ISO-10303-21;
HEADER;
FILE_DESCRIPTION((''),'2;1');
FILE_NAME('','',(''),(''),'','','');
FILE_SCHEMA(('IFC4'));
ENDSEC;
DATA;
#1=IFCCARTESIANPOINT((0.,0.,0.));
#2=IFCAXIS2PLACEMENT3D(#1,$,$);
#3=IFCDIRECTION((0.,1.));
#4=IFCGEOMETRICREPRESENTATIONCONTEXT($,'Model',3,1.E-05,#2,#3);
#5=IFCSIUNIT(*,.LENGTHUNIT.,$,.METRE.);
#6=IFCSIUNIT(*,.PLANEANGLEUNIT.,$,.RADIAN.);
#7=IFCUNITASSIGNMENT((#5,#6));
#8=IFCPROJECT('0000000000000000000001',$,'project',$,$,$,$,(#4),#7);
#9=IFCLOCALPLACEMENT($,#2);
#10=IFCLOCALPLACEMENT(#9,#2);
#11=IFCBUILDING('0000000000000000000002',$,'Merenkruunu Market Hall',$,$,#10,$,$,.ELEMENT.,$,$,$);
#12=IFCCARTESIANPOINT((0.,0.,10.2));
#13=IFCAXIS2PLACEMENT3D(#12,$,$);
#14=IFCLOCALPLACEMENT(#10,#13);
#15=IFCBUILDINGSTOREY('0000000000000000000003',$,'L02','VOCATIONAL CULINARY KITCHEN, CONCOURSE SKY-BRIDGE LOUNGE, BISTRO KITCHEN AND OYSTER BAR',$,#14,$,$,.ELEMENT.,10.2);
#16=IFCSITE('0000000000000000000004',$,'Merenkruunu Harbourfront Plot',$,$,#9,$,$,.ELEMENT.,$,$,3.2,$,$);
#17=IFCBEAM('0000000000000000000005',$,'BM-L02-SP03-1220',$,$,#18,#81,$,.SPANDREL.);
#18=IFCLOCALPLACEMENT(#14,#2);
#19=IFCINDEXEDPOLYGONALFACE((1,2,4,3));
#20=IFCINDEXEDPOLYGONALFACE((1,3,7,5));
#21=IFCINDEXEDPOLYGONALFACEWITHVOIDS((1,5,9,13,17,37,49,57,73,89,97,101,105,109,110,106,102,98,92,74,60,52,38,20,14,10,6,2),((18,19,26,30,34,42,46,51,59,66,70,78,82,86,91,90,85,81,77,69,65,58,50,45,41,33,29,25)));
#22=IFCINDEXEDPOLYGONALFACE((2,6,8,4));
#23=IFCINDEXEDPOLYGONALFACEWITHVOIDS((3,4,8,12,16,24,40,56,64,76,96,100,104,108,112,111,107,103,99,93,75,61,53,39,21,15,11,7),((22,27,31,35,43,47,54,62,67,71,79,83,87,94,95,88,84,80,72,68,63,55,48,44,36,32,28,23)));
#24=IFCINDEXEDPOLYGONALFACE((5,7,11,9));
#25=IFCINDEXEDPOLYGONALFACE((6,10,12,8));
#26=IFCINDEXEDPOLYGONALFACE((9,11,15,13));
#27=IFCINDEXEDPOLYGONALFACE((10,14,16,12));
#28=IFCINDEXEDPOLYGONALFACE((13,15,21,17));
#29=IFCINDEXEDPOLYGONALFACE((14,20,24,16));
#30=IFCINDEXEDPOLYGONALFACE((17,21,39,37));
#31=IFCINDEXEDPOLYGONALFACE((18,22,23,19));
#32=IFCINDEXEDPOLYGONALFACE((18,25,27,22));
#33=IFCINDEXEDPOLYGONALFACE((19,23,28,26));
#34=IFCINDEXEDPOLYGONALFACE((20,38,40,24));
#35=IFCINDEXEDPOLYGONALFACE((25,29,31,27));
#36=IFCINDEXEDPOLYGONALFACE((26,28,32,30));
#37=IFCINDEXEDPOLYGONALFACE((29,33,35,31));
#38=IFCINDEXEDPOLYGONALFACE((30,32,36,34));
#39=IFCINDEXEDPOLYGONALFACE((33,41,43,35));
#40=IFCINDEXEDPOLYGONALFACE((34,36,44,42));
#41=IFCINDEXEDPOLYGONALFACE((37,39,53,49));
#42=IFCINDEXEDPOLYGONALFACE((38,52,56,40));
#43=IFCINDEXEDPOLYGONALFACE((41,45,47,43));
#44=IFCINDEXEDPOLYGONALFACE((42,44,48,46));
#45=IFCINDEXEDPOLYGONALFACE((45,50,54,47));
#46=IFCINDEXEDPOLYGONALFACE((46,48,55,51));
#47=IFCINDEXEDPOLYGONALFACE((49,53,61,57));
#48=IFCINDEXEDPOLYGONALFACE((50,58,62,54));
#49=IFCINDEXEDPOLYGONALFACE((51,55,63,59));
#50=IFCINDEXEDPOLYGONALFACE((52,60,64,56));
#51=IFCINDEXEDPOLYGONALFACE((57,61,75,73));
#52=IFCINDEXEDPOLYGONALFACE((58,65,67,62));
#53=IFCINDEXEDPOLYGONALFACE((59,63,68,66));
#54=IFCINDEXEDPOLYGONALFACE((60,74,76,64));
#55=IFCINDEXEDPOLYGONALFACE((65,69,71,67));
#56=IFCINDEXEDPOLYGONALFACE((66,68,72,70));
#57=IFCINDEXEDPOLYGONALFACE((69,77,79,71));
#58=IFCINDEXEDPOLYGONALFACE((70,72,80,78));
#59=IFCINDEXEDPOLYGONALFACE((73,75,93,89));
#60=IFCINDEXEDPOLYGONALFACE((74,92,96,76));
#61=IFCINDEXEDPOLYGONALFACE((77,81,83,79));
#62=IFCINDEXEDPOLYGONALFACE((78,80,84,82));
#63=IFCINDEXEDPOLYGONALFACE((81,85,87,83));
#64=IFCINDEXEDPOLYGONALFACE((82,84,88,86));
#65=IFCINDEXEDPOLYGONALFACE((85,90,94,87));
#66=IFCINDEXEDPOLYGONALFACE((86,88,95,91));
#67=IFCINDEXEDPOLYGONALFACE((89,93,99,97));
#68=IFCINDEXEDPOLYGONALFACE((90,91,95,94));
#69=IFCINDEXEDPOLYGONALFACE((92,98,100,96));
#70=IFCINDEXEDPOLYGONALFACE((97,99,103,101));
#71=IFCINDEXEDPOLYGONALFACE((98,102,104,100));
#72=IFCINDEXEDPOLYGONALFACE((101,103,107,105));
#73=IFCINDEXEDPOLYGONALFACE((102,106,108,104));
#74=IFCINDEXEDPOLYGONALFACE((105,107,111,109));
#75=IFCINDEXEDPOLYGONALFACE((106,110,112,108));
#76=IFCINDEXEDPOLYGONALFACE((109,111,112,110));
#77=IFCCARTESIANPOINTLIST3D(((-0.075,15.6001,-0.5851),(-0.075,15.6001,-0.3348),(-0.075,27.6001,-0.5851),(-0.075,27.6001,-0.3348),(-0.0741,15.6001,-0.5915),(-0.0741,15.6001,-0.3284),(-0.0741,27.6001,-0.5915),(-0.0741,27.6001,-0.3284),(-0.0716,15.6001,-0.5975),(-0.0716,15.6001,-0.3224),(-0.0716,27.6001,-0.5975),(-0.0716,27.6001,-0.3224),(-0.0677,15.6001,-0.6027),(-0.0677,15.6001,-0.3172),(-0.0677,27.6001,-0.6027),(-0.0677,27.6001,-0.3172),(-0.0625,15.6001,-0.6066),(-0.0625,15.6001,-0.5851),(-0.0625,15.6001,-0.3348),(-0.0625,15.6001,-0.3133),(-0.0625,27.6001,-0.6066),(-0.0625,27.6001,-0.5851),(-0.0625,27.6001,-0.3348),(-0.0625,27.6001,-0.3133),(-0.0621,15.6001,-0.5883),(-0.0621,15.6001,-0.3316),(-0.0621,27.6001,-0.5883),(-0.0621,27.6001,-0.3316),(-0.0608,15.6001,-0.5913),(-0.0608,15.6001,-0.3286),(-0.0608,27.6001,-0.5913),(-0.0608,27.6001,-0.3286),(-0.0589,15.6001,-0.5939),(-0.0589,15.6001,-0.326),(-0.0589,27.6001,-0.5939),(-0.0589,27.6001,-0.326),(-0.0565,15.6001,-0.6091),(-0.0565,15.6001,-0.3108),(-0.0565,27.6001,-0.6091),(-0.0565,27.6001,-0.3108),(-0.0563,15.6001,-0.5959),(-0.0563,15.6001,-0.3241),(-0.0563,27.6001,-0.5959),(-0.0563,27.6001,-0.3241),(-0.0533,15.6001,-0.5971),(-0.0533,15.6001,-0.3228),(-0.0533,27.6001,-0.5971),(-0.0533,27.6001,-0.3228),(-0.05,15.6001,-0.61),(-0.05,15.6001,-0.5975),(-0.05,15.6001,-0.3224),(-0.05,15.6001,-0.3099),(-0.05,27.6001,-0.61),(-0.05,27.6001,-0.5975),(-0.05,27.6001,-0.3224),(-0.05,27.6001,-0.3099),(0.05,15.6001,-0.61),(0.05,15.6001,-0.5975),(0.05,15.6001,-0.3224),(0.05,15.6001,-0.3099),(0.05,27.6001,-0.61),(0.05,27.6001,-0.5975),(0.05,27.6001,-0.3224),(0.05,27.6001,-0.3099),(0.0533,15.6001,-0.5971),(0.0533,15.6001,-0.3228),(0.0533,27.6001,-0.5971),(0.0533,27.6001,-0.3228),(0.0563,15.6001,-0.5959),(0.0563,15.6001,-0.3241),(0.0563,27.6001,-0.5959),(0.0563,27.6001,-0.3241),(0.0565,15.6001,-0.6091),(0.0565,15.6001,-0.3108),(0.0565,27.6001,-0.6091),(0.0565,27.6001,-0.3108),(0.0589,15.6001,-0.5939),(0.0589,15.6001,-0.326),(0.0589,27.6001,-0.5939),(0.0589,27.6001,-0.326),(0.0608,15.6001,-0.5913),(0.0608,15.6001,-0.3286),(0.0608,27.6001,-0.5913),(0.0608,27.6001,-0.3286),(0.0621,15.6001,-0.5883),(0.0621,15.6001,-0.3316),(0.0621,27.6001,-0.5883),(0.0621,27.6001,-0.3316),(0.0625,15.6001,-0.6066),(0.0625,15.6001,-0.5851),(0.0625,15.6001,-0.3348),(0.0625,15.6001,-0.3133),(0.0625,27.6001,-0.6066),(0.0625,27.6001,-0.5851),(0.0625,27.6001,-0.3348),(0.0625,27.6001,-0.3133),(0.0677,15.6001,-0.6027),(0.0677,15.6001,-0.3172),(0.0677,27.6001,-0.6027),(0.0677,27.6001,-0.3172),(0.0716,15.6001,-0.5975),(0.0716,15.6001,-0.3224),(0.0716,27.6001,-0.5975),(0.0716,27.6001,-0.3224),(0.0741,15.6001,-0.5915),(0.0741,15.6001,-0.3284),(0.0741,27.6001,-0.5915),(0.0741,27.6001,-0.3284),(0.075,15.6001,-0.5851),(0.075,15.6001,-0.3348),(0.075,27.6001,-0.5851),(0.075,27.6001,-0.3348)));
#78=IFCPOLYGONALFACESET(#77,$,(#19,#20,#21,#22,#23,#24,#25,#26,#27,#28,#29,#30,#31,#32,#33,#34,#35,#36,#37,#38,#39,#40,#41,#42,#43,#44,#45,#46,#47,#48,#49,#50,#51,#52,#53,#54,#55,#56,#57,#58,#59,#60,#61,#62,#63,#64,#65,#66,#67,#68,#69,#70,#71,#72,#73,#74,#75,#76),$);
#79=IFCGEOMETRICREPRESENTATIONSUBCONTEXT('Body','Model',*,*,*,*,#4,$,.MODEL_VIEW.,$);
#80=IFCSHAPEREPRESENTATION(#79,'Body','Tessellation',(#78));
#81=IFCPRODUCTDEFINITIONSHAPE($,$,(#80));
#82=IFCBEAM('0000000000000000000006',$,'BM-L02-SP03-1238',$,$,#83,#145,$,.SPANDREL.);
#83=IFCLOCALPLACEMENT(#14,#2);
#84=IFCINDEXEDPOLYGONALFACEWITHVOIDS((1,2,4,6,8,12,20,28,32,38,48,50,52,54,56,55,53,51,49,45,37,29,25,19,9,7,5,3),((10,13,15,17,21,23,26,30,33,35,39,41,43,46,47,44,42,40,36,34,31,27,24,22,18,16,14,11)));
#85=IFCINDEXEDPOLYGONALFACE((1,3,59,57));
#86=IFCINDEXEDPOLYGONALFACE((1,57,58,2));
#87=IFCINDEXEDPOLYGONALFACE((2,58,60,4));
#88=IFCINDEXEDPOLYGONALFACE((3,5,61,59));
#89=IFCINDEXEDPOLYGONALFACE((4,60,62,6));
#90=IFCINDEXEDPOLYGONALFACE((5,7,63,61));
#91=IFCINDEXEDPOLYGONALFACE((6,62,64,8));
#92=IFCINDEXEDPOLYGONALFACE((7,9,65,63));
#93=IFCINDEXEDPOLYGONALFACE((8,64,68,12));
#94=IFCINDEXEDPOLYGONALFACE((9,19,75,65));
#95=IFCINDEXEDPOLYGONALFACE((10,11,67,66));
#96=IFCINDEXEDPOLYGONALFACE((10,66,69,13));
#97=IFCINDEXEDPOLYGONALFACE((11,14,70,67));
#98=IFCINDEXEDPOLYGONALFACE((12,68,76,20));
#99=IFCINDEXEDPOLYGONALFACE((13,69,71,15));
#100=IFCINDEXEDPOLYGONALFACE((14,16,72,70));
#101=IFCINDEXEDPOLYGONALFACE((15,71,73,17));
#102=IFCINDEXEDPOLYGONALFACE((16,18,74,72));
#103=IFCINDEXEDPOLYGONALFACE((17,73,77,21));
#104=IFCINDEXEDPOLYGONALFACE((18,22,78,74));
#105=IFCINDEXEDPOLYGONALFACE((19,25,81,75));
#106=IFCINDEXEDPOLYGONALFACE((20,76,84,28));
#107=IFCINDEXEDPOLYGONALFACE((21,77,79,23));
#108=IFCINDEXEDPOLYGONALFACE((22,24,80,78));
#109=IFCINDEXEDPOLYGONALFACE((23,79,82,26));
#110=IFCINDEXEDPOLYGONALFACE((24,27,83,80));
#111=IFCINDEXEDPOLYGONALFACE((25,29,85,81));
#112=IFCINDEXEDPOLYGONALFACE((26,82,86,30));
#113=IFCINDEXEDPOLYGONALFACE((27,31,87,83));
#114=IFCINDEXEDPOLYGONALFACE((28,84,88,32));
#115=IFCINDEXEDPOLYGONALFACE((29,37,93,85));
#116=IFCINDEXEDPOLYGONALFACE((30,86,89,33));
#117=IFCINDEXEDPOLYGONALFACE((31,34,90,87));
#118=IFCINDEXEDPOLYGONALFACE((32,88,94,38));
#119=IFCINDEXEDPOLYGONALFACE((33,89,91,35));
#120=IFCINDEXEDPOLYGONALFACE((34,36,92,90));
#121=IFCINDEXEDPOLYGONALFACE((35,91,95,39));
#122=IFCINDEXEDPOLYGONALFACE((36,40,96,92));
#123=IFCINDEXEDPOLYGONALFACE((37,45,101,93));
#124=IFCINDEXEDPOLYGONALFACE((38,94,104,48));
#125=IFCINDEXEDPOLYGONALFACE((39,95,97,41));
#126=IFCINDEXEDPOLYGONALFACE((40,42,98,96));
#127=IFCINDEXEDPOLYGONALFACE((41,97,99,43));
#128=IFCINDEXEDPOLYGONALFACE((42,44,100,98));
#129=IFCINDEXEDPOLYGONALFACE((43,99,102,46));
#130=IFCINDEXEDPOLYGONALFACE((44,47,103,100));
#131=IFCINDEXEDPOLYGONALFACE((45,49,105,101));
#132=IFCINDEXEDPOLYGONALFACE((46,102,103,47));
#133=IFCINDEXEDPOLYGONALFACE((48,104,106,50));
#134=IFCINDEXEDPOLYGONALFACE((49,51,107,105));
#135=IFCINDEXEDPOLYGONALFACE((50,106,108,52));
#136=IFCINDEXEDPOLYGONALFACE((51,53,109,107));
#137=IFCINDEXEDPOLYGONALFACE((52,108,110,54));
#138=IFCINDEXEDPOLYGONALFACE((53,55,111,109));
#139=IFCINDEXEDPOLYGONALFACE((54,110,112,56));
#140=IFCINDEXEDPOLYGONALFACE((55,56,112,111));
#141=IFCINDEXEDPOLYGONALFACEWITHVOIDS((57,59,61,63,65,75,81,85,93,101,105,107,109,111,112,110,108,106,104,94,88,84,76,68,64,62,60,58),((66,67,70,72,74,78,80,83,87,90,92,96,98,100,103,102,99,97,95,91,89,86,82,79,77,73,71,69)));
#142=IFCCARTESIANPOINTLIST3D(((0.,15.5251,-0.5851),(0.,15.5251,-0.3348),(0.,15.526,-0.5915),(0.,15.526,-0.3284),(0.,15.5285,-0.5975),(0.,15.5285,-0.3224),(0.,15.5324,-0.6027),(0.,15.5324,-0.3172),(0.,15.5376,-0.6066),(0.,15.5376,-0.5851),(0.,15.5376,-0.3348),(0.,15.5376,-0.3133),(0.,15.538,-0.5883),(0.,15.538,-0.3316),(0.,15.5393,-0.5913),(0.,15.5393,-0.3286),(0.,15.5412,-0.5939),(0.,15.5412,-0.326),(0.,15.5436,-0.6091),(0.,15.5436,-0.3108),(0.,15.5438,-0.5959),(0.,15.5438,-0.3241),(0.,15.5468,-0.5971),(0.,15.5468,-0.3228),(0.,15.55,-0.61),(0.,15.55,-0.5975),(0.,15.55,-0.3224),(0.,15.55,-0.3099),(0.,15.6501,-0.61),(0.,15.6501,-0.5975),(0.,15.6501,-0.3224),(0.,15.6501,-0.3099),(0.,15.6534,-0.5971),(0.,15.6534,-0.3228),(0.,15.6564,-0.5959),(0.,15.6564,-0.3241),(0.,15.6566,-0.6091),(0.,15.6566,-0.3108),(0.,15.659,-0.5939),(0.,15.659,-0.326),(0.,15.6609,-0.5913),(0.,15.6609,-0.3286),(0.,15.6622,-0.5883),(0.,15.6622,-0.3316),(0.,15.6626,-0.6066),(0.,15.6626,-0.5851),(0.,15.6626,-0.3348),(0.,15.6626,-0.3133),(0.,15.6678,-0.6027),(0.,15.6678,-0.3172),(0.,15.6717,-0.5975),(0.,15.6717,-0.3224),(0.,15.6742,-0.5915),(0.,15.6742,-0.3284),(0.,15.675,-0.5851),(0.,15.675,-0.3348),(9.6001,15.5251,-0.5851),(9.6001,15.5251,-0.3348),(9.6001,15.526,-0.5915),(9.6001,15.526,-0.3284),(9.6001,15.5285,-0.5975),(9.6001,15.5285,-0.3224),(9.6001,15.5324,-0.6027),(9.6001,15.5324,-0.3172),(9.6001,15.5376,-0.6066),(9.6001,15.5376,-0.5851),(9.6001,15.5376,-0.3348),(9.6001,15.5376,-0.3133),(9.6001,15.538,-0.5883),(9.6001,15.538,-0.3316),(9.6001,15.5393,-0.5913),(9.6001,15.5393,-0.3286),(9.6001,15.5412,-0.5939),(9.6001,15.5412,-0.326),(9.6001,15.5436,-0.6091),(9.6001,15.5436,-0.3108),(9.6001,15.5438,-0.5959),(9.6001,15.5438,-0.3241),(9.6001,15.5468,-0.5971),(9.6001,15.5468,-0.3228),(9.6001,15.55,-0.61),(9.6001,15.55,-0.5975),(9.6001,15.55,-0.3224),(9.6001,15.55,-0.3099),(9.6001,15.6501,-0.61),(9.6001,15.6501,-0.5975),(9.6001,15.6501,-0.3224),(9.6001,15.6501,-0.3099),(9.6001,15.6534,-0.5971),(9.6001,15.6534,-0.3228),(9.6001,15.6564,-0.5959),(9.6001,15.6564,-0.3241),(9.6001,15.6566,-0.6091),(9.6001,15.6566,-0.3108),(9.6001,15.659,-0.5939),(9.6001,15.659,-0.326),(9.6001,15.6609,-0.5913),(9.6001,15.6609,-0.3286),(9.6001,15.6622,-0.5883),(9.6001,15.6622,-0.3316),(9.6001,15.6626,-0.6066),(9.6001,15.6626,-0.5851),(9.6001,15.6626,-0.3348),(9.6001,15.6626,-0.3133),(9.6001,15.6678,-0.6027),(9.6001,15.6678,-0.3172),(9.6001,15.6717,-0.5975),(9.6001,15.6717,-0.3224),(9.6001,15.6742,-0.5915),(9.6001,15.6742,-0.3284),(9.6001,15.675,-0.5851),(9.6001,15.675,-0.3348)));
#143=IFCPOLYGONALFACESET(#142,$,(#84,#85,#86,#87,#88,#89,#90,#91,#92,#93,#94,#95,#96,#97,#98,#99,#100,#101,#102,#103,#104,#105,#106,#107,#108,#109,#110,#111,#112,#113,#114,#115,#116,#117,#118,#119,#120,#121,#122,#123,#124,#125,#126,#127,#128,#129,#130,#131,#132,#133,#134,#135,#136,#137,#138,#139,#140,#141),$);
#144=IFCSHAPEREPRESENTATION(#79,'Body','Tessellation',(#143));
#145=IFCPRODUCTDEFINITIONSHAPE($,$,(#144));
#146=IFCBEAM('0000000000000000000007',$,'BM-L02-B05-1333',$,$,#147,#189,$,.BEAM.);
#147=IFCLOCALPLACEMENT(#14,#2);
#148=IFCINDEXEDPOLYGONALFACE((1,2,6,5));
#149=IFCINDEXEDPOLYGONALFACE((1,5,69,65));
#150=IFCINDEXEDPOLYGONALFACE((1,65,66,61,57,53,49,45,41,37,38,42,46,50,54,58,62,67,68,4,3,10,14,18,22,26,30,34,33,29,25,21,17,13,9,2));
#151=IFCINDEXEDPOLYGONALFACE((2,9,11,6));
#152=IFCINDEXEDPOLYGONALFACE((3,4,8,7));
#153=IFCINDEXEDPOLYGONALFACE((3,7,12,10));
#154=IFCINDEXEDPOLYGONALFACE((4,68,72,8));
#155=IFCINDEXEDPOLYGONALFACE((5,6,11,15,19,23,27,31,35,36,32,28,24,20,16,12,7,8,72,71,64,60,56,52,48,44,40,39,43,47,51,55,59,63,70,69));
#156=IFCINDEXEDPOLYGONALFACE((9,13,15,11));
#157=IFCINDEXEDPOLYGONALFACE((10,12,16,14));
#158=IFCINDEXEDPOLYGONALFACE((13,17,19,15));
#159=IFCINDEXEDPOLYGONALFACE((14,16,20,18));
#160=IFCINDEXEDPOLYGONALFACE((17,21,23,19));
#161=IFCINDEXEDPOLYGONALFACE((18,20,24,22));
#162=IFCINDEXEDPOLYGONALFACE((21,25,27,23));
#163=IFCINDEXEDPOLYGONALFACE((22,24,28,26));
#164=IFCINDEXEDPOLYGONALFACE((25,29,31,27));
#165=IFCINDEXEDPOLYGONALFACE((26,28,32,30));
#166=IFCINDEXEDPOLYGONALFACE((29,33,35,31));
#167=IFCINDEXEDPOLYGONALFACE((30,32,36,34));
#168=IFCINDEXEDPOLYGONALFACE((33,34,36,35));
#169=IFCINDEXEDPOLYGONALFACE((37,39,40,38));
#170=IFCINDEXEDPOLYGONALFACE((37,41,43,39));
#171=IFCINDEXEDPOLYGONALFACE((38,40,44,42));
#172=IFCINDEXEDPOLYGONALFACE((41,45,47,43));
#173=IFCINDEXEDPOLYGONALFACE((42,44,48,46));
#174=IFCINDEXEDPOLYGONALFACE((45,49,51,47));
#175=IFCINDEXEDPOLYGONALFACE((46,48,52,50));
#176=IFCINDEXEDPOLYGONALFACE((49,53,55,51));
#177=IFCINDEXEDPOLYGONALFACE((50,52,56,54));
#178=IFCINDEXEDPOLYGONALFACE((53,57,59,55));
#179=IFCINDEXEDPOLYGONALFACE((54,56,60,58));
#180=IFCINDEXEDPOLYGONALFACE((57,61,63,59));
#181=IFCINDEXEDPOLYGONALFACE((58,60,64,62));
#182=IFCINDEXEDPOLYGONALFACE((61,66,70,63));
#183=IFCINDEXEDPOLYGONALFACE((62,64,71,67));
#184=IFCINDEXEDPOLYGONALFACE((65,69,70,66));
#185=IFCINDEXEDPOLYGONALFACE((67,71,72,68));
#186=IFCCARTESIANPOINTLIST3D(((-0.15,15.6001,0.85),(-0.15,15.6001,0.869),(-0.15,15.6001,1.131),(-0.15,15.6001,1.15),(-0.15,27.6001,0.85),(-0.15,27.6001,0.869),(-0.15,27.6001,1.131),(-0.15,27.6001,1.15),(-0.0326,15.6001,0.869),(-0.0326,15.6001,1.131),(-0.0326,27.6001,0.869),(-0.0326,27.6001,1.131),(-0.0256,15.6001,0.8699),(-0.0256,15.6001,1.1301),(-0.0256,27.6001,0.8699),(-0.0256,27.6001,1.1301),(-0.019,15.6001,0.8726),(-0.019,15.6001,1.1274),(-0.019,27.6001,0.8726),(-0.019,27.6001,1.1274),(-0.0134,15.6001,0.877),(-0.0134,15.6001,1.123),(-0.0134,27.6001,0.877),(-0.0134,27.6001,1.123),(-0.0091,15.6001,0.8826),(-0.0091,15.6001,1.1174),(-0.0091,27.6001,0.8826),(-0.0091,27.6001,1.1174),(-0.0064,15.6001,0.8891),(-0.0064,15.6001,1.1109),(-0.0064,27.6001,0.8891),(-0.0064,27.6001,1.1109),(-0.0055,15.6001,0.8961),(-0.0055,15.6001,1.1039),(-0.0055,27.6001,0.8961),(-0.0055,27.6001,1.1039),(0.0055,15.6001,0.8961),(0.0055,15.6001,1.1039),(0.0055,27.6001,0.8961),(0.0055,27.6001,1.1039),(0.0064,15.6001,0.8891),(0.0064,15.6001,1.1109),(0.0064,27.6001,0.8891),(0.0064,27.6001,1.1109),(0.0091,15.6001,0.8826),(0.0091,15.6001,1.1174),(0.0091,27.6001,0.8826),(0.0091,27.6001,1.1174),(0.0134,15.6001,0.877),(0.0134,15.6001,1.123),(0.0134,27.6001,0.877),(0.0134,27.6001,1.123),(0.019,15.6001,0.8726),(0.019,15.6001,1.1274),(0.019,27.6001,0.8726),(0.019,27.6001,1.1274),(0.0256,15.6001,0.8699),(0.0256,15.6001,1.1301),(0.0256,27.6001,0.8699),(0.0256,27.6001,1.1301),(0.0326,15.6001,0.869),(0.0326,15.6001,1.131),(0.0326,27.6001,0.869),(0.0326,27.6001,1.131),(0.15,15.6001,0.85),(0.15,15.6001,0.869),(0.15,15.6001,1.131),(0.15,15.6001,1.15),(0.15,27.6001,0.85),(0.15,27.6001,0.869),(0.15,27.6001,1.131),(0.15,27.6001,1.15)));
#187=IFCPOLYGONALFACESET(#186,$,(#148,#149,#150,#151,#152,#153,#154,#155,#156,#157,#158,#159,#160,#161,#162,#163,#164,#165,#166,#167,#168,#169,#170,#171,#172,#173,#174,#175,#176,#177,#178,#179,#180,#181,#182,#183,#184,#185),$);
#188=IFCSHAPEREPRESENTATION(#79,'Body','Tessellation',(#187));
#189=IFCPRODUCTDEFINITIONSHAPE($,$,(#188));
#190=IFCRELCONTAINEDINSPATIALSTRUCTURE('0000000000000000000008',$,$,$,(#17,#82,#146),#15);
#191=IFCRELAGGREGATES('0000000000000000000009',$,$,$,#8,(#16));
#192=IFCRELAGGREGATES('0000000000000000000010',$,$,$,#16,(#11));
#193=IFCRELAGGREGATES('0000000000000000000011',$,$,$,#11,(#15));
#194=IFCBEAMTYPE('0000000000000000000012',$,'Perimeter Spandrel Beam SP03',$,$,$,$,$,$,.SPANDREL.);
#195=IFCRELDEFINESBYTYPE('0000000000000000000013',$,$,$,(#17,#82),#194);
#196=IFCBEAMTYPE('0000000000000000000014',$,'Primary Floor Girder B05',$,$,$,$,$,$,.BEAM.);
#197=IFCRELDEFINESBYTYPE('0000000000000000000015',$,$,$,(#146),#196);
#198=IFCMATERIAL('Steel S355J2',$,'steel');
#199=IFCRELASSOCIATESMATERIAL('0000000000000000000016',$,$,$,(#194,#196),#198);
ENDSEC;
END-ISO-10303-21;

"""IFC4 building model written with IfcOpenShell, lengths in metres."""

from ifc_helpers import new_model, si_unit, direction, frame, origin, origin_2d, place, context, subcontext, project, spatial, hollow_rectangle, i_section, extrude, material, material_profile, profile_set, type_object, element, save


model = new_model("IFC4")

# Units and contexts
model_context = context("Model", 3, precision=1e-05, world=origin(), true_north=direction((0.0, 1.0)))
body_context = subcontext(model_context, "Body", "Model", "MODEL_VIEW")
ifc_project = project(units=[si_unit("LENGTHUNIT", "METRE"), si_unit("PLANEANGLEUNIT", "RADIAN")], contexts=[model_context])

# Site, building, storey
site_placement = place(None, origin())
site = spatial("IfcSite", under=ifc_project, at=site_placement, Name="Merenkruunu Harbourfront Plot", CompositionType="ELEMENT", RefElevation=3.2)
building_placement = place(site_placement, origin())
building = spatial("IfcBuilding", under=site, at=building_placement, Name="Merenkruunu Market Hall", CompositionType="ELEMENT")
storey_placement = place(building_placement, frame((0.0, 0.0, 10.2)))
storey = spatial("IfcBuildingStorey", under=building, at=storey_placement, Name="L02", Description="VOCATIONAL CULINARY KITCHEN, CONCOURSE SKY-BRIDGE LOUNGE, BISTRO KITCHEN AND OYSTER BAR", CompositionType="ELEMENT", Elevation=10.2)

# Beams
ifc_material_1 = material(Name="Steel S355J2", Category="steel")
ifc_material_profile_1 = material_profile(ifc_material_1, hollow_rectangle(XDim=0.1499, YDim=0.3, WallThickness=0.0125, InnerFilletRadius=0.0125, OuterFilletRadius=0.0249, at=origin_2d()), Name="RHS 300x150x12.5")
ifc_profile_set_1 = profile_set([ifc_material_profile_1], Name="Steel S355J2")
beam_type_1 = type_object("IfcBeamType", Name="Perimeter Spandrel Beam SP03", PredefinedType="SPANDREL", material=ifc_profile_set_1)
beam_1_placement = place(storey_placement, frame((0.0, 15.6001, -0.46), z_axis=(0.0, 1.0, 0.0), x_axis=(-1.0, 0.0, 0.0)))
element("IfcBeam", 1, at=beam_1_placement, inside=storey, type_object=beam_type_1, Name="BM-L02-SP03-1220", PredefinedType="SPANDREL", context=body_context, shape_type="SweptSolid", body=[
    extrude(hollow_rectangle(XDim=0.1499, YDim=0.3, WallThickness=0.0125, InnerFilletRadius=0.0125, OuterFilletRadius=0.0249, at=origin_2d()), origin(), (0.0, 0.0, 1.0), 12.0),
])
beam_2_placement = place(storey_placement, frame((0.0, 15.6001, -0.46), z_axis=(1.0, 0.0, 0.0), x_axis=(0.0, 1.0, 0.0)))
element("IfcBeam", 2, at=beam_2_placement, inside=storey, type_object=beam_type_1, Name="BM-L02-SP03-1238", PredefinedType="SPANDREL", context=body_context, shape_type="SweptSolid", body=[
    extrude(hollow_rectangle(XDim=0.1499, YDim=0.3, WallThickness=0.0125, InnerFilletRadius=0.0125, OuterFilletRadius=0.0249, at=origin_2d()), origin(), (0.0, 0.0, 1.0), 9.6001),
])
ifc_material_profile_2 = material_profile(ifc_material_1, i_section(OverallWidth=0.3, OverallDepth=0.3, WebThickness=0.011, FlangeThickness=0.019, FilletRadius=0.0271, at=origin_2d()), Name="HEB 300")
ifc_profile_set_2 = profile_set([ifc_material_profile_2], Name="Steel S355J2")
beam_type_2 = type_object("IfcBeamType", Name="Primary Floor Girder B05", PredefinedType="BEAM", material=ifc_profile_set_2)
beam_3_placement = place(storey_placement, frame((0.0, 15.6001, 1.0), z_axis=(0.0, 1.0, 0.0), x_axis=(-1.0, 0.0, 0.0)))
element("IfcBeam", 3, at=beam_3_placement, inside=storey, type_object=beam_type_2, Name="BM-L02-B05-1333", PredefinedType="BEAM", context=body_context, shape_type="SweptSolid", body=[
    extrude(i_section(OverallWidth=0.3, OverallDepth=0.3, WebThickness=0.011, FlangeThickness=0.019, FilletRadius=0.0271, at=origin_2d()), origin(), (0.0, 0.0, 1.0), 12.0),
])

save(model, "model.ifc")
